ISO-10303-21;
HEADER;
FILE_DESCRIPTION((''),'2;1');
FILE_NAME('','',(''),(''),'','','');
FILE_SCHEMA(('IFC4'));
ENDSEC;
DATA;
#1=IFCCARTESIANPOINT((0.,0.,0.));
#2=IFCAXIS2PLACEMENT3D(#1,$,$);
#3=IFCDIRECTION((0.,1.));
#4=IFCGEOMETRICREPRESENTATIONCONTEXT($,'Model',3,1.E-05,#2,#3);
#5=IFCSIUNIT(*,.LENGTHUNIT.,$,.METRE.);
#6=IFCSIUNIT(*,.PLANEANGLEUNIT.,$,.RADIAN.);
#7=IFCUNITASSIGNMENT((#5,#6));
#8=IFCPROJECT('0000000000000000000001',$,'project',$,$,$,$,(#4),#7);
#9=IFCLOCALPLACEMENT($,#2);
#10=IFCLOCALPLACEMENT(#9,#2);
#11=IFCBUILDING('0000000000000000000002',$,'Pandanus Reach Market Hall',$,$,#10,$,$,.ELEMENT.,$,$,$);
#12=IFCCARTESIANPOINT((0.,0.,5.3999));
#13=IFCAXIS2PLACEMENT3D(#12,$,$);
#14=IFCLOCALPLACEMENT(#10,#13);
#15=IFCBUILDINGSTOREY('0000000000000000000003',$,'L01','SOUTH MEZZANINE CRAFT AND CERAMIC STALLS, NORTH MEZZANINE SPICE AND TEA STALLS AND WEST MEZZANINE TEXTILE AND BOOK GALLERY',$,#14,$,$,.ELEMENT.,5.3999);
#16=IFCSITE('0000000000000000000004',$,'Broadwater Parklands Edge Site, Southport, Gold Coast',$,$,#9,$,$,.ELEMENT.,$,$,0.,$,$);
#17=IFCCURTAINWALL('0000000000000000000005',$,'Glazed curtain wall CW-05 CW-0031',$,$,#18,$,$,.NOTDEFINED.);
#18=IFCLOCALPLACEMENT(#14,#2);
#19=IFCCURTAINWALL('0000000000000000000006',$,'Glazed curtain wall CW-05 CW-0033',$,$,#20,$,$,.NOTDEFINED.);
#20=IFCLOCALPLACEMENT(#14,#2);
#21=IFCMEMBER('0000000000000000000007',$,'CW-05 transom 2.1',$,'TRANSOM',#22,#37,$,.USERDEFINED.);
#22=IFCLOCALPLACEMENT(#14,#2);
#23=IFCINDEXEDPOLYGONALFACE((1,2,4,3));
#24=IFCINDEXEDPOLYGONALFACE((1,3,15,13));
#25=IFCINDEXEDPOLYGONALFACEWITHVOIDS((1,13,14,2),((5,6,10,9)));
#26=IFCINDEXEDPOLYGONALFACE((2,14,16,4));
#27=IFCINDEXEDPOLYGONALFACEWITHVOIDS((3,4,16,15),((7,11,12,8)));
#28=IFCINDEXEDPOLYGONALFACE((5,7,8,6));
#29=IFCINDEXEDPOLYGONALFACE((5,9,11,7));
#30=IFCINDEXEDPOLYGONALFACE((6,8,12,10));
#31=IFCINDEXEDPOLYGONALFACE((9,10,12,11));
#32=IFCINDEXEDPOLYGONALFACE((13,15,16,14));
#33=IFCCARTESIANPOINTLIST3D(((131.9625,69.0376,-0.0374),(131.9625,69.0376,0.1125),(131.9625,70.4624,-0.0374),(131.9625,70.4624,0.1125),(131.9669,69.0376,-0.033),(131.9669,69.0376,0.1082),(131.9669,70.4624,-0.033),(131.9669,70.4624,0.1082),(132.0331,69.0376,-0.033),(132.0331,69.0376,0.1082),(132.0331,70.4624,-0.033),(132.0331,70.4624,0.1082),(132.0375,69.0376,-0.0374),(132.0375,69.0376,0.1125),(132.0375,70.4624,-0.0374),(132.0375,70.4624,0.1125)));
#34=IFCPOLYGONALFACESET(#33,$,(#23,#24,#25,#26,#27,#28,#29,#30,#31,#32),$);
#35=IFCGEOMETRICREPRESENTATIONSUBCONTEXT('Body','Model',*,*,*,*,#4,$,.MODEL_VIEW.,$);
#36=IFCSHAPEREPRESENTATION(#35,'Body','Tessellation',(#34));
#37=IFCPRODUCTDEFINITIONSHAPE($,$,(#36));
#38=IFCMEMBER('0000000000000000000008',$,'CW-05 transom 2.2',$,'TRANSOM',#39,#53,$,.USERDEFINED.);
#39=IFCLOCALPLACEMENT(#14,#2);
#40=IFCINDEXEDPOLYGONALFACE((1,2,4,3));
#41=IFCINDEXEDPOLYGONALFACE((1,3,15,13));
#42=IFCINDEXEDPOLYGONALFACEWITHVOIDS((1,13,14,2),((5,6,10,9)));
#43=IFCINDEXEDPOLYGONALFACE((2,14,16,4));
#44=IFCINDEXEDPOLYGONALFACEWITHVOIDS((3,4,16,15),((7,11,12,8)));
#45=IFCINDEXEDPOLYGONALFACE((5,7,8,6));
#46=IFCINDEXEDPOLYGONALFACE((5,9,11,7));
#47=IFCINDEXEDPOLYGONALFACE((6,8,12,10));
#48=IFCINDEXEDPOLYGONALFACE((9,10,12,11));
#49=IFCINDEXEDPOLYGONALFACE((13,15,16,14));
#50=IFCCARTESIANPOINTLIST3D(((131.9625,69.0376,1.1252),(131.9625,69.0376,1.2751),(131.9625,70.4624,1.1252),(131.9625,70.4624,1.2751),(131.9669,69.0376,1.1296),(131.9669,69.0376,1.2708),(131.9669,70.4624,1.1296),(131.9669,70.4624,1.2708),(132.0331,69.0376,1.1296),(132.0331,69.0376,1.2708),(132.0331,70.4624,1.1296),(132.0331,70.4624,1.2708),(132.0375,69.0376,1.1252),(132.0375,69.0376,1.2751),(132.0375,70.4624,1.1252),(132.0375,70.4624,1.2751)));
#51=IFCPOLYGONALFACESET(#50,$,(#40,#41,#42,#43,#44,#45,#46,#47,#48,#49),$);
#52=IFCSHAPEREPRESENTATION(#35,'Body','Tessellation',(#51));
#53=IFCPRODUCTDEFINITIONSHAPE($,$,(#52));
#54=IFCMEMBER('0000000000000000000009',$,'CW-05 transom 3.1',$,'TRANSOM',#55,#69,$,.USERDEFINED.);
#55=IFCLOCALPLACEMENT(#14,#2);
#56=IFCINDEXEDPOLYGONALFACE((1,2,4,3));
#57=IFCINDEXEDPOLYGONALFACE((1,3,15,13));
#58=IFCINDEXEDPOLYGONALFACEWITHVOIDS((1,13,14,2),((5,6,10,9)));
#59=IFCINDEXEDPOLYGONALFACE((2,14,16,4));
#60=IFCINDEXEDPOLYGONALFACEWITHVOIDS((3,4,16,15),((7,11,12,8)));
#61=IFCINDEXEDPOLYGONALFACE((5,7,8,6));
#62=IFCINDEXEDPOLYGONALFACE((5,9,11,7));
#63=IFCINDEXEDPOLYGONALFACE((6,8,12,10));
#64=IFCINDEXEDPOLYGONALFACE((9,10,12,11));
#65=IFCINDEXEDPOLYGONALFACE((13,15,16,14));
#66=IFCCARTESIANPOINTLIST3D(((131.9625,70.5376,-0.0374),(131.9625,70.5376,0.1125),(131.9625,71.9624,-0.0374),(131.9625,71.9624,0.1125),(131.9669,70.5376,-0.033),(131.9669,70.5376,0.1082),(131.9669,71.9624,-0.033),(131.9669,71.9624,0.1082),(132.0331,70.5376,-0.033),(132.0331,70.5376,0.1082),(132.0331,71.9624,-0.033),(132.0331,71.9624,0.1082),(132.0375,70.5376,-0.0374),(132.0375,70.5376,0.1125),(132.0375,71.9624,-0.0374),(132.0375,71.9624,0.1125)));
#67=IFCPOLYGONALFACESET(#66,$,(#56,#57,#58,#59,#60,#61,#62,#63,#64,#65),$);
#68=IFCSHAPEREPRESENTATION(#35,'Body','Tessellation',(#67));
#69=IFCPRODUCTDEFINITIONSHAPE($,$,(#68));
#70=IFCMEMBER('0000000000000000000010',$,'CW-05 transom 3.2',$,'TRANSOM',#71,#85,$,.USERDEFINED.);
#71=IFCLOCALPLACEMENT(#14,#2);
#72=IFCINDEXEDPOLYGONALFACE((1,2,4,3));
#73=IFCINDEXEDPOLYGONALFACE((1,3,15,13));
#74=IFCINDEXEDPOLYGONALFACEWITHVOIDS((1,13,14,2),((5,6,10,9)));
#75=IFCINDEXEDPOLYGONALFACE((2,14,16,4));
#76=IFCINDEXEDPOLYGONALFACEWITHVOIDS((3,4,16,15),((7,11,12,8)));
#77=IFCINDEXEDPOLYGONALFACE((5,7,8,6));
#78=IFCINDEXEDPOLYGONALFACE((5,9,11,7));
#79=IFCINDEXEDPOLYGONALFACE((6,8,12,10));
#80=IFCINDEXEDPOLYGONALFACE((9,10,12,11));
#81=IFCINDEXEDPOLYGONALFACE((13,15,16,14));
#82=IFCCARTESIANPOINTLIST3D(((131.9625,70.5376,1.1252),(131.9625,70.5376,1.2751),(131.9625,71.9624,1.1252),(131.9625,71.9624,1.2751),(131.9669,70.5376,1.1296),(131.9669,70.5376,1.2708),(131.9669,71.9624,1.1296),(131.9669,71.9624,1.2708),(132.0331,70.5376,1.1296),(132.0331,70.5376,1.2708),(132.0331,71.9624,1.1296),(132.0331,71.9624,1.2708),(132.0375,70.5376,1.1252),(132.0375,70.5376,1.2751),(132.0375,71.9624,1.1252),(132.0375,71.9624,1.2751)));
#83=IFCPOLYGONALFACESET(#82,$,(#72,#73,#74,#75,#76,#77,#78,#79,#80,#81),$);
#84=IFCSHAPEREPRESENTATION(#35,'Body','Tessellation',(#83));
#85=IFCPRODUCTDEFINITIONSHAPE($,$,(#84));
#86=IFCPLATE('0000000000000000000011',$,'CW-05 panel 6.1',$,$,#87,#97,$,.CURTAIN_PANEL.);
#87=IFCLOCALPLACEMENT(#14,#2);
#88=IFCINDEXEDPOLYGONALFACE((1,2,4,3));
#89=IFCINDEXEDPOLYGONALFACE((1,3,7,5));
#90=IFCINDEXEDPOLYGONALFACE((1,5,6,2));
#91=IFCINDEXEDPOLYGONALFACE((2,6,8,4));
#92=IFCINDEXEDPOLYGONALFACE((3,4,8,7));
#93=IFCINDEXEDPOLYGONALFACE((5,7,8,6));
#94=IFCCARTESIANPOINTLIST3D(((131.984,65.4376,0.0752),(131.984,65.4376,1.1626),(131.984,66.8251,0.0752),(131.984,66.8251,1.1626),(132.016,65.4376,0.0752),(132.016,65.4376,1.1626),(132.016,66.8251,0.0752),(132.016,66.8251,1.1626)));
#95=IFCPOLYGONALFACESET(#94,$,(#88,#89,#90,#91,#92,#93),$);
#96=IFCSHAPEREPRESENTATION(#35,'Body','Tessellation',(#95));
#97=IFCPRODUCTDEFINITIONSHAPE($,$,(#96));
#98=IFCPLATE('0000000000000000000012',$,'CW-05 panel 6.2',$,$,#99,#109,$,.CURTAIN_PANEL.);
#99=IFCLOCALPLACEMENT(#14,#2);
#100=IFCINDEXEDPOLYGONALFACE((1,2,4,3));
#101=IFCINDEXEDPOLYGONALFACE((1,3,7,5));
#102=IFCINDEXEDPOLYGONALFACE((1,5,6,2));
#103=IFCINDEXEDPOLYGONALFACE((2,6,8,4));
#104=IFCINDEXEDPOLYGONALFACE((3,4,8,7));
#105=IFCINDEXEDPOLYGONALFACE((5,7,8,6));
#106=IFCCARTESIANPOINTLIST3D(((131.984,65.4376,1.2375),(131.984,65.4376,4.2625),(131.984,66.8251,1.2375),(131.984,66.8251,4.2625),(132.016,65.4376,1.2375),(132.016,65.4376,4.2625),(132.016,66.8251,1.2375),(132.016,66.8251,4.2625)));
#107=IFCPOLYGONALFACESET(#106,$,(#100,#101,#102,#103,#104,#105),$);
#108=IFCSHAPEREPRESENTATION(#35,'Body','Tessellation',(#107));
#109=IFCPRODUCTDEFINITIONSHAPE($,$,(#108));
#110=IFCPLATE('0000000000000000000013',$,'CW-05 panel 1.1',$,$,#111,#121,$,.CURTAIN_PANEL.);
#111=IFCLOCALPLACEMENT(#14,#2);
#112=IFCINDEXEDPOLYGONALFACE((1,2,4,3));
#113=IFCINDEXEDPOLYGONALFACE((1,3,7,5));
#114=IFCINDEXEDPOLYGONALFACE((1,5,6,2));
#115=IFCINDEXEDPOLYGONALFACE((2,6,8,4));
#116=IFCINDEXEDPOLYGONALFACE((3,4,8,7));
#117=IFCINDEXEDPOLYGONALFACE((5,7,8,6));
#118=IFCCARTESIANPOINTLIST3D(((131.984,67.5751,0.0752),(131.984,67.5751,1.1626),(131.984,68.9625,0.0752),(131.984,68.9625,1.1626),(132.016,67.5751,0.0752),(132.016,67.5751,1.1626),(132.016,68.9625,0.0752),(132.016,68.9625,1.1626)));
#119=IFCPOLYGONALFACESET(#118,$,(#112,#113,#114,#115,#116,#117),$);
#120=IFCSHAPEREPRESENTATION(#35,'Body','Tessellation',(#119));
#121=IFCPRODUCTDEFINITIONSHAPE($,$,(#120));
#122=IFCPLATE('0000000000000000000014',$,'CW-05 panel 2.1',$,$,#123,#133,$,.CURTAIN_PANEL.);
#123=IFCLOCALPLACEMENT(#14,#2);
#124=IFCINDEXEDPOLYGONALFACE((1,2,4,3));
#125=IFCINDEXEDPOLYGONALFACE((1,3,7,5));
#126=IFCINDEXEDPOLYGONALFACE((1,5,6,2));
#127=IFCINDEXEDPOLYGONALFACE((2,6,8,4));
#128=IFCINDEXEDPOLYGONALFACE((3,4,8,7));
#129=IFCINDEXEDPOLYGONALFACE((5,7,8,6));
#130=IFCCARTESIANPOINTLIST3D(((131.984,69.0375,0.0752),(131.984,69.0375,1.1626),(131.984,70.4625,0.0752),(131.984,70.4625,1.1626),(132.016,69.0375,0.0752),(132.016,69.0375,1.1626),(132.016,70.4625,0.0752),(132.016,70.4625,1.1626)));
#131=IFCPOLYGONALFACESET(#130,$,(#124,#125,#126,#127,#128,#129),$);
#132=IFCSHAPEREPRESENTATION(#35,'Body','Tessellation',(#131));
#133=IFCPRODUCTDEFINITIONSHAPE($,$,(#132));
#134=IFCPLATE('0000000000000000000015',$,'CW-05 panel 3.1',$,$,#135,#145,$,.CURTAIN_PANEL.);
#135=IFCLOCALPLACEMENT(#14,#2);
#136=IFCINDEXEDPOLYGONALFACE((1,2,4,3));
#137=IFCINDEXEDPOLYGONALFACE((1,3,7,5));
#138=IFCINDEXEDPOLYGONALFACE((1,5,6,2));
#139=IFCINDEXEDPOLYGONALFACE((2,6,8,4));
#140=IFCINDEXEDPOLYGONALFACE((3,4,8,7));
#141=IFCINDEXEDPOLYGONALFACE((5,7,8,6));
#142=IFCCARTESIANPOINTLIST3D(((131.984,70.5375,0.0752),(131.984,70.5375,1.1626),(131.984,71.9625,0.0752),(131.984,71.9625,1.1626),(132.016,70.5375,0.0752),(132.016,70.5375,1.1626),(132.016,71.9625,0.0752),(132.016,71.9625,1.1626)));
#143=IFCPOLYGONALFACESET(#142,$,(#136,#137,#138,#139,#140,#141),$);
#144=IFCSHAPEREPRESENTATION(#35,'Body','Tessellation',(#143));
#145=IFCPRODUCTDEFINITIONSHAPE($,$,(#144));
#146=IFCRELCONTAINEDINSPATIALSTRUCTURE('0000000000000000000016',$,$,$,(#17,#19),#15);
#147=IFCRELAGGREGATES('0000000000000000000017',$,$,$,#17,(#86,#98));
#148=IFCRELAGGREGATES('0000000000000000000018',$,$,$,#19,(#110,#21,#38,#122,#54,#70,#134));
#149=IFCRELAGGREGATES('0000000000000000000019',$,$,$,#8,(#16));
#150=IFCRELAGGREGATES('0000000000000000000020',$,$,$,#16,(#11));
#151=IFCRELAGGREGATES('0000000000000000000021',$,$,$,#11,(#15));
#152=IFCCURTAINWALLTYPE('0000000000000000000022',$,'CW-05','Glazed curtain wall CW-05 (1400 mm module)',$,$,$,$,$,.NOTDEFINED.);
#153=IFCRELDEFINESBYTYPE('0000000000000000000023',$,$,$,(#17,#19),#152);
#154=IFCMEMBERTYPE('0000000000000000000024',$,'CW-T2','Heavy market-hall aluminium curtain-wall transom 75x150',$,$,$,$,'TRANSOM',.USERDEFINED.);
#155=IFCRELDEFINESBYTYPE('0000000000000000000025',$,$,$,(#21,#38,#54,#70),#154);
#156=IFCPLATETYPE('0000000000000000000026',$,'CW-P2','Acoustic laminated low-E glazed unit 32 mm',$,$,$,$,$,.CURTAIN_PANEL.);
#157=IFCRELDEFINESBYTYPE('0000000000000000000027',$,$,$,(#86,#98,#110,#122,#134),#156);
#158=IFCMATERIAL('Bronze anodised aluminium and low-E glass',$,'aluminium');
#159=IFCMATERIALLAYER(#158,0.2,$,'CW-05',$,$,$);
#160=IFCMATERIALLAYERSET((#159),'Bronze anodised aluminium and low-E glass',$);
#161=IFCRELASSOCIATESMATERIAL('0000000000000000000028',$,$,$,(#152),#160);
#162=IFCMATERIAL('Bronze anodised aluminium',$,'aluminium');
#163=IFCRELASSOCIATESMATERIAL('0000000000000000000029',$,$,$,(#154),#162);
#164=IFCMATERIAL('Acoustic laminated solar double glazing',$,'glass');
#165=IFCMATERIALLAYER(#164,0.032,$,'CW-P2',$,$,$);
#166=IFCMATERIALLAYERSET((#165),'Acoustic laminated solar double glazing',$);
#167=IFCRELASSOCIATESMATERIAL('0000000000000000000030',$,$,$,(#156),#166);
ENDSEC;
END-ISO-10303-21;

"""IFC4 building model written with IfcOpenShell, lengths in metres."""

from ifc_helpers import new_model, si_unit, direction, frame, origin, origin_2d, place, context, subcontext, project, spatial, rectangle, hollow_rectangle, extrude, material, layer, layer_set, material_profile, profile_set, type_object, element, aggregate, save


model = new_model("IFC4")

# Units and contexts
model_context = context("Model", 3, precision=1e-05, world=origin(), true_north=direction((0.0, 1.0)))
body_context = subcontext(model_context, "Body", "Model", "MODEL_VIEW")
ifc_project = project(units=[si_unit("LENGTHUNIT", "METRE"), si_unit("PLANEANGLEUNIT", "RADIAN")], contexts=[model_context])

# Site, building, storey
site_placement = place(None, origin())
site = spatial("IfcSite", under=ifc_project, at=site_placement, Name="Broadwater Parklands Edge Site, Southport, Gold Coast", CompositionType="ELEMENT", RefElevation=0.0)
building_placement = place(site_placement, origin())
building = spatial("IfcBuilding", under=site, at=building_placement, Name="Pandanus Reach Market Hall", CompositionType="ELEMENT")
storey_placement = place(building_placement, frame((0.0, 0.0, 5.3999)))
storey = spatial("IfcBuildingStorey", under=building, at=storey_placement, Name="L01", Description="SOUTH MEZZANINE CRAFT AND CERAMIC STALLS, NORTH MEZZANINE SPICE AND TEA STALLS AND WEST MEZZANINE TEXTILE AND BOOK GALLERY", CompositionType="ELEMENT", Elevation=5.3999)

# Curtain walls
ifc_material_1 = material(Name="Bronze anodised aluminium and low-E glass", Category="aluminium")
ifc_layer_1 = layer(ifc_material_1, 0.2, Name="CW-05")
ifc_layer_set_1 = layer_set([ifc_layer_1], Name="Bronze anodised aluminium and low-E glass")
curtain_wall_type = type_object("IfcCurtainWallType", Name="CW-05", Description="Glazed curtain wall CW-05 (1400 mm module)", PredefinedType="NOTDEFINED", material=ifc_layer_set_1)
curtain_wall_1_placement = place(storey_placement, origin())
curtain_wall_1 = element("IfcCurtainWall", 1, at=curtain_wall_1_placement, inside=storey, type_object=curtain_wall_type, Name="Glazed curtain wall CW-05 CW-0031", PredefinedType="NOTDEFINED")
ifc_material_2 = material(Name="Bronze anodised aluminium", Category="aluminium")
curtain_wall_2_placement = place(storey_placement, origin())
curtain_wall_2 = element("IfcCurtainWall", 2, at=curtain_wall_2_placement, inside=storey, type_object=curtain_wall_type, Name="Glazed curtain wall CW-05 CW-0033", PredefinedType="NOTDEFINED")

# Members
ifc_material_profile_1 = material_profile(ifc_material_2, hollow_rectangle(XDim=0.075, YDim=0.1499, WallThickness=0.0044, at=origin_2d()), Name="ALU75x150", Category="LoadBearing")
ifc_profile_set_1 = profile_set([ifc_material_profile_1], Name="Bronze anodised aluminium")
member_type_1 = type_object("IfcMemberType", Name="CW-T2", Description="Heavy market-hall aluminium curtain-wall transom 75x150", ElementType="TRANSOM", PredefinedType="USERDEFINED", material=ifc_profile_set_1)
member_1_placement = place(storey_placement, frame((132.0, 69.0376, 0.0376), z_axis=(0.0, 1.0, 0.0), x_axis=(-1.0, 0.0, 0.0)))
member_1 = element("IfcMember", 3, at=member_1_placement, type_object=member_type_1, Name="CW-05 transom 2.1", ObjectType="TRANSOM", PredefinedType="USERDEFINED", context=body_context, shape_type="SweptSolid", body=[
    extrude(hollow_rectangle(XDim=0.075, YDim=0.1499, WallThickness=0.0044, at=origin_2d()), origin(), (0.0, 0.0, 1.0), 1.4248),
])
member_2_placement = place(storey_placement, frame((132.0, 69.0376, 1.2002), z_axis=(0.0, 1.0, 0.0), x_axis=(-1.0, 0.0, 0.0)))
member_2 = element("IfcMember", 4, at=member_2_placement, type_object=member_type_1, Name="CW-05 transom 2.2", ObjectType="TRANSOM", PredefinedType="USERDEFINED", context=body_context, shape_type="SweptSolid", body=[
    extrude(hollow_rectangle(XDim=0.075, YDim=0.1499, WallThickness=0.0044, at=origin_2d()), origin(), (0.0, 0.0, 1.0), 1.4248),
])
member_3_placement = place(storey_placement, frame((132.0, 70.5376, 0.0376), z_axis=(0.0, 1.0, 0.0), x_axis=(-1.0, 0.0, 0.0)))
member_3 = element("IfcMember", 5, at=member_3_placement, type_object=member_type_1, Name="CW-05 transom 3.1", ObjectType="TRANSOM", PredefinedType="USERDEFINED", context=body_context, shape_type="SweptSolid", body=[
    extrude(hollow_rectangle(XDim=0.075, YDim=0.1499, WallThickness=0.0044, at=origin_2d()), origin(), (0.0, 0.0, 1.0), 1.4248),
])
member_4_placement = place(storey_placement, frame((132.0, 70.5376, 1.2002), z_axis=(0.0, 1.0, 0.0), x_axis=(-1.0, 0.0, 0.0)))
member_4 = element("IfcMember", 6, at=member_4_placement, type_object=member_type_1, Name="CW-05 transom 3.2", ObjectType="TRANSOM", PredefinedType="USERDEFINED", context=body_context, shape_type="SweptSolid", body=[
    extrude(hollow_rectangle(XDim=0.075, YDim=0.1499, WallThickness=0.0044, at=origin_2d()), origin(), (0.0, 0.0, 1.0), 1.4248),
])

# Plates
ifc_material_3 = material(Name="Acoustic laminated solar double glazing", Category="glass")
ifc_layer_2 = layer(ifc_material_3, 0.032, Name="CW-P2")
ifc_layer_set_2 = layer_set([ifc_layer_2], Name="Acoustic laminated solar double glazing")
plate_type = type_object("IfcPlateType", Name="CW-P2", Description="Acoustic laminated low-E glazed unit 32 mm", PredefinedType="CURTAIN_PANEL", material=ifc_layer_set_2)
plate_1_placement = place(storey_placement, frame((132.0, 66.1313, 0.0752), z_axis=(0.0, 0.0, 1.0), x_axis=(0.0, 1.0, 0.0)))
plate_1 = element("IfcPlate", 7, at=plate_1_placement, type_object=plate_type, Name="CW-05 panel 6.1", PredefinedType="CURTAIN_PANEL", context=body_context, shape_type="SweptSolid", body=[
    extrude(rectangle(XDim=1.3875, YDim=0.032, at=origin_2d()), origin(), (0.0, 0.0, 1.0), 1.0874),
])
plate_2_placement = place(storey_placement, frame((132.0, 66.1313, 1.2375), z_axis=(0.0, 0.0, 1.0), x_axis=(0.0, 1.0, 0.0)))
plate_2 = element("IfcPlate", 8, at=plate_2_placement, type_object=plate_type, Name="CW-05 panel 6.2", PredefinedType="CURTAIN_PANEL", context=body_context, shape_type="SweptSolid", body=[
    extrude(rectangle(XDim=1.3875, YDim=0.032, at=origin_2d()), origin(), (0.0, 0.0, 1.0), 3.0249),
])
aggregate(curtain_wall_1, [plate_1, plate_2])
plate_3_placement = place(storey_placement, frame((132.0, 68.2688, 0.0752), z_axis=(0.0, 0.0, 1.0), x_axis=(0.0, 1.0, 0.0)))
plate_3 = element("IfcPlate", 9, at=plate_3_placement, type_object=plate_type, Name="CW-05 panel 1.1", PredefinedType="CURTAIN_PANEL", context=body_context, shape_type="SweptSolid", body=[
    extrude(rectangle(XDim=1.3875, YDim=0.032, at=origin_2d()), origin(), (0.0, 0.0, 1.0), 1.0874),
])
plate_4_placement = place(storey_placement, frame((132.0, 69.75, 0.0752), z_axis=(0.0, 0.0, 1.0), x_axis=(0.0, 1.0, 0.0)))
plate_4 = element("IfcPlate", 10, at=plate_4_placement, type_object=plate_type, Name="CW-05 panel 2.1", PredefinedType="CURTAIN_PANEL", context=body_context, shape_type="SweptSolid", body=[
    extrude(rectangle(XDim=1.425, YDim=0.032, at=origin_2d()), origin(), (0.0, 0.0, 1.0), 1.0874),
])
plate_5_placement = place(storey_placement, frame((132.0, 71.25, 0.0752), z_axis=(0.0, 0.0, 1.0), x_axis=(0.0, 1.0, 0.0)))
plate_5 = element("IfcPlate", 11, at=plate_5_placement, type_object=plate_type, Name="CW-05 panel 3.1", PredefinedType="CURTAIN_PANEL", context=body_context, shape_type="SweptSolid", body=[
    extrude(rectangle(XDim=1.425, YDim=0.032, at=origin_2d()), origin(), (0.0, 0.0, 1.0), 1.0874),
])
aggregate(curtain_wall_2, [plate_3, member_1, member_2, plate_4, member_3, member_4, plate_5])

save(model, "model.ifc")
